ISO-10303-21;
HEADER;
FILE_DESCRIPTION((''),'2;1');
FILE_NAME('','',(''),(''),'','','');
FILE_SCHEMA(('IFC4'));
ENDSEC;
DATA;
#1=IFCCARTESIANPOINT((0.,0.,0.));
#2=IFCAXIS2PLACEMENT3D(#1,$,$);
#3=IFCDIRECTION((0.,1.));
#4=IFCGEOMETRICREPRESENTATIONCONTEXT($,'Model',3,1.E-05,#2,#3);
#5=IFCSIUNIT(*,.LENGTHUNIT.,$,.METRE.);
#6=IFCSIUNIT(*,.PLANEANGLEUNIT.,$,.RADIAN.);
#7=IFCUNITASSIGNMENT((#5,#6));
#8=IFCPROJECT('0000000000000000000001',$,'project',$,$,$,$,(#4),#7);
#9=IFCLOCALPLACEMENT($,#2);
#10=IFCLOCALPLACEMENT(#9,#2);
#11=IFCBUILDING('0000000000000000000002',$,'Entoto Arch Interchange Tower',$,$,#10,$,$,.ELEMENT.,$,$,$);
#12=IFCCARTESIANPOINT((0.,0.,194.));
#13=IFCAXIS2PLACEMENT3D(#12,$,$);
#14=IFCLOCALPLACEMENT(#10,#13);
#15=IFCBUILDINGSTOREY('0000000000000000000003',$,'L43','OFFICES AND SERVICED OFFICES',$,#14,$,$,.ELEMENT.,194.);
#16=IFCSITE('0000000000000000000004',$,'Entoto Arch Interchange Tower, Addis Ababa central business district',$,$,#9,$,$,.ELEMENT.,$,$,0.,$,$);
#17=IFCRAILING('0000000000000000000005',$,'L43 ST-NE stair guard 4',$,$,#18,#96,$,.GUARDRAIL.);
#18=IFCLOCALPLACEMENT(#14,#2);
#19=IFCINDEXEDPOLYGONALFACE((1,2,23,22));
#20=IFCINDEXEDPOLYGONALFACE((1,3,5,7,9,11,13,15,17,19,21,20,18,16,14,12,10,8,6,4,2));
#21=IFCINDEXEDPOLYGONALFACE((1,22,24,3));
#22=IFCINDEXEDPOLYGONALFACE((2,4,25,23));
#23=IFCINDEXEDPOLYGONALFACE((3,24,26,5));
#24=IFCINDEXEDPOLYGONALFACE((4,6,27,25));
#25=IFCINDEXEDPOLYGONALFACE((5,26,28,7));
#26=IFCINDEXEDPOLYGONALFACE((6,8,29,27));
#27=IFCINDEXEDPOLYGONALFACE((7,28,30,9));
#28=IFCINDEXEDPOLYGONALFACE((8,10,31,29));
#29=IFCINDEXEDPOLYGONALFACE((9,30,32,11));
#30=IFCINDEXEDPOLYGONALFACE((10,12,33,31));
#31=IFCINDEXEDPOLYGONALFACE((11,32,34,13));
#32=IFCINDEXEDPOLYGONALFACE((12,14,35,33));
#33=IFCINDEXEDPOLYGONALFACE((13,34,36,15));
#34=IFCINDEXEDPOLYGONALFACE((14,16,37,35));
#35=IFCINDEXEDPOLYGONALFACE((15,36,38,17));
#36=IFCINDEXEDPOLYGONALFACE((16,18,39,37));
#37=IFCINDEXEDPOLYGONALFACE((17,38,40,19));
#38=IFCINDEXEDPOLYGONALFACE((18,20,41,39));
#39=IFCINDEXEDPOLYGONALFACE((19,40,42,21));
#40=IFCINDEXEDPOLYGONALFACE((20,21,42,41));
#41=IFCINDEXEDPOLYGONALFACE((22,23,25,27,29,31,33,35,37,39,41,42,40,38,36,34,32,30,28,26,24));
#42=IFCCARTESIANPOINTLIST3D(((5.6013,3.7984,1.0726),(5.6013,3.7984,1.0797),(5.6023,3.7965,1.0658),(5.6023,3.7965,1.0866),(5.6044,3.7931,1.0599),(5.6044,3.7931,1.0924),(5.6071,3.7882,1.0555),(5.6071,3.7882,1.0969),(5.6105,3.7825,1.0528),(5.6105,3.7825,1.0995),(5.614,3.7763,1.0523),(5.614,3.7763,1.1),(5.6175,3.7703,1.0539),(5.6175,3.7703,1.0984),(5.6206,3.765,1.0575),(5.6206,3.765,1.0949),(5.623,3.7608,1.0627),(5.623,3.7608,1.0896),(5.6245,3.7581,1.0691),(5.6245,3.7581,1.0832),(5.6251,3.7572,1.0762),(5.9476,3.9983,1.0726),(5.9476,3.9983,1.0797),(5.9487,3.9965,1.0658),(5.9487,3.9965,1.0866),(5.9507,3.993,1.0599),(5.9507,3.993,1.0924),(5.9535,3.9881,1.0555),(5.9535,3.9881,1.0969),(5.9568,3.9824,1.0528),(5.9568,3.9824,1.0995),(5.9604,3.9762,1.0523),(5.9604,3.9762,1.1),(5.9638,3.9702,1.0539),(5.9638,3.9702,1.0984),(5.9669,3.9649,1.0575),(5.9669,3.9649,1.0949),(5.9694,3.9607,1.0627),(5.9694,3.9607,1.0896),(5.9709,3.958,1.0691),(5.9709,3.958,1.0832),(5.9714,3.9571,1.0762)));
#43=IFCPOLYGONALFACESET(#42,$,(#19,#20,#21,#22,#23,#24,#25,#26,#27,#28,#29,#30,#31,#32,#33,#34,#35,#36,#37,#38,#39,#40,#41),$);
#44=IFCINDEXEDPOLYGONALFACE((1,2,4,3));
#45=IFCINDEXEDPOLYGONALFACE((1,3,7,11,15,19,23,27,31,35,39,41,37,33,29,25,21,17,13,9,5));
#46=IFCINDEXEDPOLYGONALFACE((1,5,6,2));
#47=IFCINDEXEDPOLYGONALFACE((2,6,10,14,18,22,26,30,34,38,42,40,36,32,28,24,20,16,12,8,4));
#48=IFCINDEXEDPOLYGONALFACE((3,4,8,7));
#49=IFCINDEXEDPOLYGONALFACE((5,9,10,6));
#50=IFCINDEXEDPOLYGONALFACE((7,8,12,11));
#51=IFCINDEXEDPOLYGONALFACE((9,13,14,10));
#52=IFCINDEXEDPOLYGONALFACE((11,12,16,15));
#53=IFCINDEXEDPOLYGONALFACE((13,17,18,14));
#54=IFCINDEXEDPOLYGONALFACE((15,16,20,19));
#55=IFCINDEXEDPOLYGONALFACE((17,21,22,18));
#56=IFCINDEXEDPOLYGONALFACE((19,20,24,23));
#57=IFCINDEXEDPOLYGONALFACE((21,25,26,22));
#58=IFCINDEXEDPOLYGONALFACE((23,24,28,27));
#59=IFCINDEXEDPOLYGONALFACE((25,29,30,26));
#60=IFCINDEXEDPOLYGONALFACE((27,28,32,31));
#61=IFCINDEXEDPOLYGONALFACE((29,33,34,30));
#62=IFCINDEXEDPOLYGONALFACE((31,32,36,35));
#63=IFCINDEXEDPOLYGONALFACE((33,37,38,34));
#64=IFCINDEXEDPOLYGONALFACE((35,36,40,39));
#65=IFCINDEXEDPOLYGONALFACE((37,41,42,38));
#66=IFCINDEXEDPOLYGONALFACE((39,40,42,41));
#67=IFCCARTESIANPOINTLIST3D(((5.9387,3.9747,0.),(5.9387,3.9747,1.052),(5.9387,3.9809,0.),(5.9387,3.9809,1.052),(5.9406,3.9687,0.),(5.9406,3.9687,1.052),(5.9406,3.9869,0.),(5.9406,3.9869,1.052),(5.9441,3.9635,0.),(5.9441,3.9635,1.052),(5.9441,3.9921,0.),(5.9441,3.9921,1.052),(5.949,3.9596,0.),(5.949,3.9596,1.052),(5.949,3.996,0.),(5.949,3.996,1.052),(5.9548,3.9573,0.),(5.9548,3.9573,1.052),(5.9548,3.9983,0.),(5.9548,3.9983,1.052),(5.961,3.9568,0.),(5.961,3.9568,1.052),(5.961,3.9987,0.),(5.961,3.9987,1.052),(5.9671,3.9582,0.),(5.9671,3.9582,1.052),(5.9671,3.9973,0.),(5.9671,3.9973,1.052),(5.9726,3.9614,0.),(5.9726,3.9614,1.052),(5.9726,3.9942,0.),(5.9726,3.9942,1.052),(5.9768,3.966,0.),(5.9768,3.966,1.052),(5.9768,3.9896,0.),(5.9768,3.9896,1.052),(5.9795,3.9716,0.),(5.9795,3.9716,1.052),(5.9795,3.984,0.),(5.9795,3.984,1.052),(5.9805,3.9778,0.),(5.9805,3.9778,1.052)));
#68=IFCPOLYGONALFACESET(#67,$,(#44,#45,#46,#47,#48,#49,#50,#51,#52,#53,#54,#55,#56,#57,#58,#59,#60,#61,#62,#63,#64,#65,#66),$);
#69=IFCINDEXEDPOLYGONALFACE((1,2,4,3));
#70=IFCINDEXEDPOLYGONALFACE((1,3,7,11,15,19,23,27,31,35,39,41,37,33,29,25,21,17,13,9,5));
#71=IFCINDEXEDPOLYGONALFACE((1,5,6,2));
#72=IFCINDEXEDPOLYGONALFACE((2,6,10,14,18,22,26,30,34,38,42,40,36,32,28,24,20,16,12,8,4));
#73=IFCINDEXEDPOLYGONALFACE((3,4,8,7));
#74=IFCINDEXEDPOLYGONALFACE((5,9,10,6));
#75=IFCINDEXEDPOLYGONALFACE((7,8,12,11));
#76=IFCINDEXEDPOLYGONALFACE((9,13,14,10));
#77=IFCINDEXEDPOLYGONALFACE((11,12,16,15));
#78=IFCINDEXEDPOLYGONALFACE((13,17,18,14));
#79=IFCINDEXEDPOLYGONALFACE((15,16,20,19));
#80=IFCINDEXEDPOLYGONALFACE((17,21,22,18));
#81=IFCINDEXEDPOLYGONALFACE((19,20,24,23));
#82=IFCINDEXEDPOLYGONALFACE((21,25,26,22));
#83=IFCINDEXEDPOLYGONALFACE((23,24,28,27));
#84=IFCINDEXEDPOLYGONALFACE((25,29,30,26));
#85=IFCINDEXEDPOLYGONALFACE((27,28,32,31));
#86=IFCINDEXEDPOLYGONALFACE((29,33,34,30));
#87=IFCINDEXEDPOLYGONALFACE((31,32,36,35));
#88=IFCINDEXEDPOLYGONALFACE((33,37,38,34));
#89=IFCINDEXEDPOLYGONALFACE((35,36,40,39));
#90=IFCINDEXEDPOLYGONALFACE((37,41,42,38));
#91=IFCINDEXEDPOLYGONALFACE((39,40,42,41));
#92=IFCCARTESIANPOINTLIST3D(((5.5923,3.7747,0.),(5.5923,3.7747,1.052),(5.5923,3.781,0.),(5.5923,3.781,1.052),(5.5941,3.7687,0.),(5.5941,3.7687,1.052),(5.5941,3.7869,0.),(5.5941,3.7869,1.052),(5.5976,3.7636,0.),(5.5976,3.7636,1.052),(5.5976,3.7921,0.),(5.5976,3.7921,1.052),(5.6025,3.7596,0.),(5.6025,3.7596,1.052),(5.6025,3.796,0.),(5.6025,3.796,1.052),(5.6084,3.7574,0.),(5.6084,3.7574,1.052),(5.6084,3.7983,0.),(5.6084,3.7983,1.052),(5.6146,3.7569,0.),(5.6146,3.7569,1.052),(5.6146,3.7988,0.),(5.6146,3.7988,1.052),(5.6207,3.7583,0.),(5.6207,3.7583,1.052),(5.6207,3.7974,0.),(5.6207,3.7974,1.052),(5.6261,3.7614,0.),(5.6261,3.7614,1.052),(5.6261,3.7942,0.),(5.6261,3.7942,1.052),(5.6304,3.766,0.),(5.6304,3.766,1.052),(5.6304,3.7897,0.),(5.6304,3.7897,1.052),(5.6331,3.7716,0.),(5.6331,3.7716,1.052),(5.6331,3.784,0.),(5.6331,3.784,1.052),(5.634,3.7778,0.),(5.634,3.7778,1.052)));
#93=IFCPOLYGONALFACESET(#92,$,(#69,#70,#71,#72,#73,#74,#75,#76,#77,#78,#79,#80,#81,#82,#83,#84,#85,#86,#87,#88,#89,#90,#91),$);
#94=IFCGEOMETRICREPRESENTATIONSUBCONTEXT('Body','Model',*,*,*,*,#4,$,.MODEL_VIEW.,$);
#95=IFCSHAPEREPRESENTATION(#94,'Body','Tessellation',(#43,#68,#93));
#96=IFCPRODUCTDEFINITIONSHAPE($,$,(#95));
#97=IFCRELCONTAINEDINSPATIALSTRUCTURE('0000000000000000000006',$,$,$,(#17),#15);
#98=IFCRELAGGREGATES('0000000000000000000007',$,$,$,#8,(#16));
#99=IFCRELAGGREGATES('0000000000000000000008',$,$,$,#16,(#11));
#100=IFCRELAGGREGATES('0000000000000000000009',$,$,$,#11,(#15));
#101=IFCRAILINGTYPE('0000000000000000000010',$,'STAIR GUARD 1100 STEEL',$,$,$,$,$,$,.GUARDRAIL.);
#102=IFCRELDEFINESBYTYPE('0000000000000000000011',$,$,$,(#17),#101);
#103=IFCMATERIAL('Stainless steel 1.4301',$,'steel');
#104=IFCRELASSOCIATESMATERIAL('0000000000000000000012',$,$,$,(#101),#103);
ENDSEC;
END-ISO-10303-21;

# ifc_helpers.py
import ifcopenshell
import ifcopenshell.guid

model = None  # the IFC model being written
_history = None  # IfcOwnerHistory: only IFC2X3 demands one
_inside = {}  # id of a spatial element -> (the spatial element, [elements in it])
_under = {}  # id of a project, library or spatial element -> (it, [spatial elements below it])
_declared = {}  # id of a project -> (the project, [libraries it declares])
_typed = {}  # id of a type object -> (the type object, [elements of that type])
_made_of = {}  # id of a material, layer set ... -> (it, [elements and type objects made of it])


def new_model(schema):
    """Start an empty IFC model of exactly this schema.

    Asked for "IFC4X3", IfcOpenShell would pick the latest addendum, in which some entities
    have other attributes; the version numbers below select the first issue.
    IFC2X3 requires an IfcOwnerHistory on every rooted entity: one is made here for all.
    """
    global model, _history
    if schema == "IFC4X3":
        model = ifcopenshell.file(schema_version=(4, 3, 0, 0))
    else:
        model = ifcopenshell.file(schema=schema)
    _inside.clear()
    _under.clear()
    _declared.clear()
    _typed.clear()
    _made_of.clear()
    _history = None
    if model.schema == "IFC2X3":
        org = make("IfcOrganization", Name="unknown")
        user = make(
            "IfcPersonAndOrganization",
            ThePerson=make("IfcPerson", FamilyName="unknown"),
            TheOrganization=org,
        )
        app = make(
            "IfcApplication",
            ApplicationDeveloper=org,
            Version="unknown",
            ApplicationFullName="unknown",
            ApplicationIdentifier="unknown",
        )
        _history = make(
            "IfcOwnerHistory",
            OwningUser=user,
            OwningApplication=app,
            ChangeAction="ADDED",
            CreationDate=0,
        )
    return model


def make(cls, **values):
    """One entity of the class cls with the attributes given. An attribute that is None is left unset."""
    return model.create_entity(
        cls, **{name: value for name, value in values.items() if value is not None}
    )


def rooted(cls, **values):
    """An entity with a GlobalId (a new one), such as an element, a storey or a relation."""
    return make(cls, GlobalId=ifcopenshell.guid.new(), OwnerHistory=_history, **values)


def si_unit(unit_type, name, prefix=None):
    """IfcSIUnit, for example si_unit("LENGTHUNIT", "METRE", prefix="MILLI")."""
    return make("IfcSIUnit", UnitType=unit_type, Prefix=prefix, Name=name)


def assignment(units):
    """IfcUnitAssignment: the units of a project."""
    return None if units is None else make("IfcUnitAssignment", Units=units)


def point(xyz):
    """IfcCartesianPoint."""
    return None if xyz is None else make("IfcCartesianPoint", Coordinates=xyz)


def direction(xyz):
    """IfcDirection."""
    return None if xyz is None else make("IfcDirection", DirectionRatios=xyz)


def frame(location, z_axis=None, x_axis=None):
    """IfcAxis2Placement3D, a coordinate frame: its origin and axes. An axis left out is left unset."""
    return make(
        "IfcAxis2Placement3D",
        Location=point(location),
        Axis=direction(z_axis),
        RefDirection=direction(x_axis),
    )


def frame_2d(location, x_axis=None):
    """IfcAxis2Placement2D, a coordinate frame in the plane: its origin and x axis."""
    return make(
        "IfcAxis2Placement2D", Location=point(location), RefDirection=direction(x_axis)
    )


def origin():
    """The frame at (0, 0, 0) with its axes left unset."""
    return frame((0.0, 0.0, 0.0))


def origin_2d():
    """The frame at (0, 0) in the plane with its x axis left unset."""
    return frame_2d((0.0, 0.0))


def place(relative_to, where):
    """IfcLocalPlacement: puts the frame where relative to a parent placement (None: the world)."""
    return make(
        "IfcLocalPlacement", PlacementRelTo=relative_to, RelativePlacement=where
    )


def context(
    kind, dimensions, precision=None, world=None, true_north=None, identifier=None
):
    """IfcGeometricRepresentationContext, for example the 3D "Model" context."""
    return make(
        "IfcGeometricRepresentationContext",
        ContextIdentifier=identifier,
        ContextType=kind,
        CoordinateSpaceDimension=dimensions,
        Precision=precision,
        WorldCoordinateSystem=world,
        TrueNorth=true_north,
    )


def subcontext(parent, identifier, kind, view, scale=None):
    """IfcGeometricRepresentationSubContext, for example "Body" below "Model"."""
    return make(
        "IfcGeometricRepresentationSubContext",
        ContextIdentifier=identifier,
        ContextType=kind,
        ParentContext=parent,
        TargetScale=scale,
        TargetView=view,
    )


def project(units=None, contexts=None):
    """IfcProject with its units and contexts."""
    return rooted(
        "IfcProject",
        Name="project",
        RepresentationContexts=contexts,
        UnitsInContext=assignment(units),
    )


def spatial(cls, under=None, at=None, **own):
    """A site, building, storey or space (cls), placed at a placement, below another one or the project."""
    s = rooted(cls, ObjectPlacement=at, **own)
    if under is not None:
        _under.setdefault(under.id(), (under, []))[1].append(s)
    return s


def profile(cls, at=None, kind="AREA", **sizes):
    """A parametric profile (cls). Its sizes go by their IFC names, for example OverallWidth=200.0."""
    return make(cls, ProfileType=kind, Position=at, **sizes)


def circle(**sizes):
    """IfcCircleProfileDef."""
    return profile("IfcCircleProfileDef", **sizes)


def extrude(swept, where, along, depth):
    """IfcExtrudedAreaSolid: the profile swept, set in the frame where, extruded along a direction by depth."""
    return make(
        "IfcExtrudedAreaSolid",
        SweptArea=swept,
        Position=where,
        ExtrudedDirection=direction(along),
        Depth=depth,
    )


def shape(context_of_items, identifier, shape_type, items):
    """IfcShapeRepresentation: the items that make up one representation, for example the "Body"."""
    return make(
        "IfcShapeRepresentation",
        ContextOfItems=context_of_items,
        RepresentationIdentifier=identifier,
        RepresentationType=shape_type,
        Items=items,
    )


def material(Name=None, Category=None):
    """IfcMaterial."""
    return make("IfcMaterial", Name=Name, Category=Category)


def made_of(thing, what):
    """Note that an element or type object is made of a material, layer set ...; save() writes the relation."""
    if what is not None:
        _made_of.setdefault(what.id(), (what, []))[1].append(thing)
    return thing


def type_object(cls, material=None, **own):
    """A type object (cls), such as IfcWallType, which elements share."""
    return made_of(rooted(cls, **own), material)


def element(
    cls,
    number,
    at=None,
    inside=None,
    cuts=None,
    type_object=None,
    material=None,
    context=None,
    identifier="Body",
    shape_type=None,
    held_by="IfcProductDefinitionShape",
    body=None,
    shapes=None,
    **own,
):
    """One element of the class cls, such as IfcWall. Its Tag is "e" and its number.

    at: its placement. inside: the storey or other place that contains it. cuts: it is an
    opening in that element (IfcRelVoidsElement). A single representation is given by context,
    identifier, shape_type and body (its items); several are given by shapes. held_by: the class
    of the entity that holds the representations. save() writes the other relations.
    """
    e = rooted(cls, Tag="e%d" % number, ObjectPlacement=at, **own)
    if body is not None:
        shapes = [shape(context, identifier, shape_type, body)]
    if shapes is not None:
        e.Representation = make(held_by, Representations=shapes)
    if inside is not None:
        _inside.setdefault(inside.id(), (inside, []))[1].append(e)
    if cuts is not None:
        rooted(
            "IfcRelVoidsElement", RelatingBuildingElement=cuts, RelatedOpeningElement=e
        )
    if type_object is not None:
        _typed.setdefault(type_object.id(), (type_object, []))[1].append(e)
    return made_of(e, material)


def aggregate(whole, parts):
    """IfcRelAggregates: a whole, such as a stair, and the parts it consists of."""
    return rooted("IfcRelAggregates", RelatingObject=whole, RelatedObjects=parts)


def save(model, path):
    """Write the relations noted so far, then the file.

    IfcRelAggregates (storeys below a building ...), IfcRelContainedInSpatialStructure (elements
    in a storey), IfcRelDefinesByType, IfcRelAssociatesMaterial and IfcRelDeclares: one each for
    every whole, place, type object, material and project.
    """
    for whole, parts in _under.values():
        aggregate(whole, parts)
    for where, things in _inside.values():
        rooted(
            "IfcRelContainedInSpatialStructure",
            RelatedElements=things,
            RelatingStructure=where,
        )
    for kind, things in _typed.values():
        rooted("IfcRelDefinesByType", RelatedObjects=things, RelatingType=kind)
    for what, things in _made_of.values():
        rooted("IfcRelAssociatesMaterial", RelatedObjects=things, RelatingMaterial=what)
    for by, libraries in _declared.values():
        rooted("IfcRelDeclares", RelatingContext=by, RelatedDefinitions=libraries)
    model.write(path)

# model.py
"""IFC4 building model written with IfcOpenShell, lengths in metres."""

from ifc_helpers import new_model, si_unit, direction, frame, origin, origin_2d, place, context, subcontext, project, spatial, circle, extrude, material, type_object, element, save


model = new_model("IFC4")

# Units and contexts
model_context = context("Model", 3, precision=1e-05, world=origin(), true_north=direction((0.0, 1.0)))
body_context = subcontext(model_context, "Body", "Model", "MODEL_VIEW")
ifc_project = project(units=[si_unit("LENGTHUNIT", "METRE"), si_unit("PLANEANGLEUNIT", "RADIAN")], contexts=[model_context])

# Site, building, storey
site_placement = place(None, origin())
site = spatial("IfcSite", under=ifc_project, at=site_placement, Name="Entoto Arch Interchange Tower, Addis Ababa central business district", CompositionType="ELEMENT", RefElevation=0.0)
building_placement = place(site_placement, origin())
building = spatial("IfcBuilding", under=site, at=building_placement, Name="Entoto Arch Interchange Tower", CompositionType="ELEMENT")
storey_placement = place(building_placement, frame((0.0, 0.0, 194.0)))
storey = spatial("IfcBuildingStorey", under=building, at=storey_placement, Name="L43", Description="OFFICES AND SERVICED OFFICES", CompositionType="ELEMENT", Elevation=194.0)

# Railing
ifc_material_1 = material(Name="Stainless steel 1.4301", Category="steel")
railing_type_1 = type_object("IfcRailingType", Name="STAIR GUARD 1100 STEEL", PredefinedType="GUARDRAIL", material=ifc_material_1)
railing_1_placement = place(storey_placement, frame((5.9595, 3.9778, 0.0)))
element("IfcRailing", 1, at=railing_1_placement, inside=storey, type_object=railing_type_1, Name="L43 ST-NE stair guard 4", PredefinedType="GUARDRAIL", context=body_context, shape_type="SweptSolid", body=[
    extrude(circle(Radius=0.0239, at=origin_2d()), frame((0.0, 0.0, 1.0762), z_axis=(-0.866094, -0.499881, 0.0), x_axis=(0.499881, -0.866094, 0.0)), (0.0, 0.0, 1.0), 0.3999),
    extrude(circle(Radius=0.021, at=origin_2d()), origin(), (0.0, 0.0, 1.0), 1.052),
    extrude(circle(Radius=0.021, at=origin_2d()), frame((-0.3464, -0.2, 0.0)), (0.0, 0.0, 1.0), 1.052),
])

save(model, "model.ifc")
